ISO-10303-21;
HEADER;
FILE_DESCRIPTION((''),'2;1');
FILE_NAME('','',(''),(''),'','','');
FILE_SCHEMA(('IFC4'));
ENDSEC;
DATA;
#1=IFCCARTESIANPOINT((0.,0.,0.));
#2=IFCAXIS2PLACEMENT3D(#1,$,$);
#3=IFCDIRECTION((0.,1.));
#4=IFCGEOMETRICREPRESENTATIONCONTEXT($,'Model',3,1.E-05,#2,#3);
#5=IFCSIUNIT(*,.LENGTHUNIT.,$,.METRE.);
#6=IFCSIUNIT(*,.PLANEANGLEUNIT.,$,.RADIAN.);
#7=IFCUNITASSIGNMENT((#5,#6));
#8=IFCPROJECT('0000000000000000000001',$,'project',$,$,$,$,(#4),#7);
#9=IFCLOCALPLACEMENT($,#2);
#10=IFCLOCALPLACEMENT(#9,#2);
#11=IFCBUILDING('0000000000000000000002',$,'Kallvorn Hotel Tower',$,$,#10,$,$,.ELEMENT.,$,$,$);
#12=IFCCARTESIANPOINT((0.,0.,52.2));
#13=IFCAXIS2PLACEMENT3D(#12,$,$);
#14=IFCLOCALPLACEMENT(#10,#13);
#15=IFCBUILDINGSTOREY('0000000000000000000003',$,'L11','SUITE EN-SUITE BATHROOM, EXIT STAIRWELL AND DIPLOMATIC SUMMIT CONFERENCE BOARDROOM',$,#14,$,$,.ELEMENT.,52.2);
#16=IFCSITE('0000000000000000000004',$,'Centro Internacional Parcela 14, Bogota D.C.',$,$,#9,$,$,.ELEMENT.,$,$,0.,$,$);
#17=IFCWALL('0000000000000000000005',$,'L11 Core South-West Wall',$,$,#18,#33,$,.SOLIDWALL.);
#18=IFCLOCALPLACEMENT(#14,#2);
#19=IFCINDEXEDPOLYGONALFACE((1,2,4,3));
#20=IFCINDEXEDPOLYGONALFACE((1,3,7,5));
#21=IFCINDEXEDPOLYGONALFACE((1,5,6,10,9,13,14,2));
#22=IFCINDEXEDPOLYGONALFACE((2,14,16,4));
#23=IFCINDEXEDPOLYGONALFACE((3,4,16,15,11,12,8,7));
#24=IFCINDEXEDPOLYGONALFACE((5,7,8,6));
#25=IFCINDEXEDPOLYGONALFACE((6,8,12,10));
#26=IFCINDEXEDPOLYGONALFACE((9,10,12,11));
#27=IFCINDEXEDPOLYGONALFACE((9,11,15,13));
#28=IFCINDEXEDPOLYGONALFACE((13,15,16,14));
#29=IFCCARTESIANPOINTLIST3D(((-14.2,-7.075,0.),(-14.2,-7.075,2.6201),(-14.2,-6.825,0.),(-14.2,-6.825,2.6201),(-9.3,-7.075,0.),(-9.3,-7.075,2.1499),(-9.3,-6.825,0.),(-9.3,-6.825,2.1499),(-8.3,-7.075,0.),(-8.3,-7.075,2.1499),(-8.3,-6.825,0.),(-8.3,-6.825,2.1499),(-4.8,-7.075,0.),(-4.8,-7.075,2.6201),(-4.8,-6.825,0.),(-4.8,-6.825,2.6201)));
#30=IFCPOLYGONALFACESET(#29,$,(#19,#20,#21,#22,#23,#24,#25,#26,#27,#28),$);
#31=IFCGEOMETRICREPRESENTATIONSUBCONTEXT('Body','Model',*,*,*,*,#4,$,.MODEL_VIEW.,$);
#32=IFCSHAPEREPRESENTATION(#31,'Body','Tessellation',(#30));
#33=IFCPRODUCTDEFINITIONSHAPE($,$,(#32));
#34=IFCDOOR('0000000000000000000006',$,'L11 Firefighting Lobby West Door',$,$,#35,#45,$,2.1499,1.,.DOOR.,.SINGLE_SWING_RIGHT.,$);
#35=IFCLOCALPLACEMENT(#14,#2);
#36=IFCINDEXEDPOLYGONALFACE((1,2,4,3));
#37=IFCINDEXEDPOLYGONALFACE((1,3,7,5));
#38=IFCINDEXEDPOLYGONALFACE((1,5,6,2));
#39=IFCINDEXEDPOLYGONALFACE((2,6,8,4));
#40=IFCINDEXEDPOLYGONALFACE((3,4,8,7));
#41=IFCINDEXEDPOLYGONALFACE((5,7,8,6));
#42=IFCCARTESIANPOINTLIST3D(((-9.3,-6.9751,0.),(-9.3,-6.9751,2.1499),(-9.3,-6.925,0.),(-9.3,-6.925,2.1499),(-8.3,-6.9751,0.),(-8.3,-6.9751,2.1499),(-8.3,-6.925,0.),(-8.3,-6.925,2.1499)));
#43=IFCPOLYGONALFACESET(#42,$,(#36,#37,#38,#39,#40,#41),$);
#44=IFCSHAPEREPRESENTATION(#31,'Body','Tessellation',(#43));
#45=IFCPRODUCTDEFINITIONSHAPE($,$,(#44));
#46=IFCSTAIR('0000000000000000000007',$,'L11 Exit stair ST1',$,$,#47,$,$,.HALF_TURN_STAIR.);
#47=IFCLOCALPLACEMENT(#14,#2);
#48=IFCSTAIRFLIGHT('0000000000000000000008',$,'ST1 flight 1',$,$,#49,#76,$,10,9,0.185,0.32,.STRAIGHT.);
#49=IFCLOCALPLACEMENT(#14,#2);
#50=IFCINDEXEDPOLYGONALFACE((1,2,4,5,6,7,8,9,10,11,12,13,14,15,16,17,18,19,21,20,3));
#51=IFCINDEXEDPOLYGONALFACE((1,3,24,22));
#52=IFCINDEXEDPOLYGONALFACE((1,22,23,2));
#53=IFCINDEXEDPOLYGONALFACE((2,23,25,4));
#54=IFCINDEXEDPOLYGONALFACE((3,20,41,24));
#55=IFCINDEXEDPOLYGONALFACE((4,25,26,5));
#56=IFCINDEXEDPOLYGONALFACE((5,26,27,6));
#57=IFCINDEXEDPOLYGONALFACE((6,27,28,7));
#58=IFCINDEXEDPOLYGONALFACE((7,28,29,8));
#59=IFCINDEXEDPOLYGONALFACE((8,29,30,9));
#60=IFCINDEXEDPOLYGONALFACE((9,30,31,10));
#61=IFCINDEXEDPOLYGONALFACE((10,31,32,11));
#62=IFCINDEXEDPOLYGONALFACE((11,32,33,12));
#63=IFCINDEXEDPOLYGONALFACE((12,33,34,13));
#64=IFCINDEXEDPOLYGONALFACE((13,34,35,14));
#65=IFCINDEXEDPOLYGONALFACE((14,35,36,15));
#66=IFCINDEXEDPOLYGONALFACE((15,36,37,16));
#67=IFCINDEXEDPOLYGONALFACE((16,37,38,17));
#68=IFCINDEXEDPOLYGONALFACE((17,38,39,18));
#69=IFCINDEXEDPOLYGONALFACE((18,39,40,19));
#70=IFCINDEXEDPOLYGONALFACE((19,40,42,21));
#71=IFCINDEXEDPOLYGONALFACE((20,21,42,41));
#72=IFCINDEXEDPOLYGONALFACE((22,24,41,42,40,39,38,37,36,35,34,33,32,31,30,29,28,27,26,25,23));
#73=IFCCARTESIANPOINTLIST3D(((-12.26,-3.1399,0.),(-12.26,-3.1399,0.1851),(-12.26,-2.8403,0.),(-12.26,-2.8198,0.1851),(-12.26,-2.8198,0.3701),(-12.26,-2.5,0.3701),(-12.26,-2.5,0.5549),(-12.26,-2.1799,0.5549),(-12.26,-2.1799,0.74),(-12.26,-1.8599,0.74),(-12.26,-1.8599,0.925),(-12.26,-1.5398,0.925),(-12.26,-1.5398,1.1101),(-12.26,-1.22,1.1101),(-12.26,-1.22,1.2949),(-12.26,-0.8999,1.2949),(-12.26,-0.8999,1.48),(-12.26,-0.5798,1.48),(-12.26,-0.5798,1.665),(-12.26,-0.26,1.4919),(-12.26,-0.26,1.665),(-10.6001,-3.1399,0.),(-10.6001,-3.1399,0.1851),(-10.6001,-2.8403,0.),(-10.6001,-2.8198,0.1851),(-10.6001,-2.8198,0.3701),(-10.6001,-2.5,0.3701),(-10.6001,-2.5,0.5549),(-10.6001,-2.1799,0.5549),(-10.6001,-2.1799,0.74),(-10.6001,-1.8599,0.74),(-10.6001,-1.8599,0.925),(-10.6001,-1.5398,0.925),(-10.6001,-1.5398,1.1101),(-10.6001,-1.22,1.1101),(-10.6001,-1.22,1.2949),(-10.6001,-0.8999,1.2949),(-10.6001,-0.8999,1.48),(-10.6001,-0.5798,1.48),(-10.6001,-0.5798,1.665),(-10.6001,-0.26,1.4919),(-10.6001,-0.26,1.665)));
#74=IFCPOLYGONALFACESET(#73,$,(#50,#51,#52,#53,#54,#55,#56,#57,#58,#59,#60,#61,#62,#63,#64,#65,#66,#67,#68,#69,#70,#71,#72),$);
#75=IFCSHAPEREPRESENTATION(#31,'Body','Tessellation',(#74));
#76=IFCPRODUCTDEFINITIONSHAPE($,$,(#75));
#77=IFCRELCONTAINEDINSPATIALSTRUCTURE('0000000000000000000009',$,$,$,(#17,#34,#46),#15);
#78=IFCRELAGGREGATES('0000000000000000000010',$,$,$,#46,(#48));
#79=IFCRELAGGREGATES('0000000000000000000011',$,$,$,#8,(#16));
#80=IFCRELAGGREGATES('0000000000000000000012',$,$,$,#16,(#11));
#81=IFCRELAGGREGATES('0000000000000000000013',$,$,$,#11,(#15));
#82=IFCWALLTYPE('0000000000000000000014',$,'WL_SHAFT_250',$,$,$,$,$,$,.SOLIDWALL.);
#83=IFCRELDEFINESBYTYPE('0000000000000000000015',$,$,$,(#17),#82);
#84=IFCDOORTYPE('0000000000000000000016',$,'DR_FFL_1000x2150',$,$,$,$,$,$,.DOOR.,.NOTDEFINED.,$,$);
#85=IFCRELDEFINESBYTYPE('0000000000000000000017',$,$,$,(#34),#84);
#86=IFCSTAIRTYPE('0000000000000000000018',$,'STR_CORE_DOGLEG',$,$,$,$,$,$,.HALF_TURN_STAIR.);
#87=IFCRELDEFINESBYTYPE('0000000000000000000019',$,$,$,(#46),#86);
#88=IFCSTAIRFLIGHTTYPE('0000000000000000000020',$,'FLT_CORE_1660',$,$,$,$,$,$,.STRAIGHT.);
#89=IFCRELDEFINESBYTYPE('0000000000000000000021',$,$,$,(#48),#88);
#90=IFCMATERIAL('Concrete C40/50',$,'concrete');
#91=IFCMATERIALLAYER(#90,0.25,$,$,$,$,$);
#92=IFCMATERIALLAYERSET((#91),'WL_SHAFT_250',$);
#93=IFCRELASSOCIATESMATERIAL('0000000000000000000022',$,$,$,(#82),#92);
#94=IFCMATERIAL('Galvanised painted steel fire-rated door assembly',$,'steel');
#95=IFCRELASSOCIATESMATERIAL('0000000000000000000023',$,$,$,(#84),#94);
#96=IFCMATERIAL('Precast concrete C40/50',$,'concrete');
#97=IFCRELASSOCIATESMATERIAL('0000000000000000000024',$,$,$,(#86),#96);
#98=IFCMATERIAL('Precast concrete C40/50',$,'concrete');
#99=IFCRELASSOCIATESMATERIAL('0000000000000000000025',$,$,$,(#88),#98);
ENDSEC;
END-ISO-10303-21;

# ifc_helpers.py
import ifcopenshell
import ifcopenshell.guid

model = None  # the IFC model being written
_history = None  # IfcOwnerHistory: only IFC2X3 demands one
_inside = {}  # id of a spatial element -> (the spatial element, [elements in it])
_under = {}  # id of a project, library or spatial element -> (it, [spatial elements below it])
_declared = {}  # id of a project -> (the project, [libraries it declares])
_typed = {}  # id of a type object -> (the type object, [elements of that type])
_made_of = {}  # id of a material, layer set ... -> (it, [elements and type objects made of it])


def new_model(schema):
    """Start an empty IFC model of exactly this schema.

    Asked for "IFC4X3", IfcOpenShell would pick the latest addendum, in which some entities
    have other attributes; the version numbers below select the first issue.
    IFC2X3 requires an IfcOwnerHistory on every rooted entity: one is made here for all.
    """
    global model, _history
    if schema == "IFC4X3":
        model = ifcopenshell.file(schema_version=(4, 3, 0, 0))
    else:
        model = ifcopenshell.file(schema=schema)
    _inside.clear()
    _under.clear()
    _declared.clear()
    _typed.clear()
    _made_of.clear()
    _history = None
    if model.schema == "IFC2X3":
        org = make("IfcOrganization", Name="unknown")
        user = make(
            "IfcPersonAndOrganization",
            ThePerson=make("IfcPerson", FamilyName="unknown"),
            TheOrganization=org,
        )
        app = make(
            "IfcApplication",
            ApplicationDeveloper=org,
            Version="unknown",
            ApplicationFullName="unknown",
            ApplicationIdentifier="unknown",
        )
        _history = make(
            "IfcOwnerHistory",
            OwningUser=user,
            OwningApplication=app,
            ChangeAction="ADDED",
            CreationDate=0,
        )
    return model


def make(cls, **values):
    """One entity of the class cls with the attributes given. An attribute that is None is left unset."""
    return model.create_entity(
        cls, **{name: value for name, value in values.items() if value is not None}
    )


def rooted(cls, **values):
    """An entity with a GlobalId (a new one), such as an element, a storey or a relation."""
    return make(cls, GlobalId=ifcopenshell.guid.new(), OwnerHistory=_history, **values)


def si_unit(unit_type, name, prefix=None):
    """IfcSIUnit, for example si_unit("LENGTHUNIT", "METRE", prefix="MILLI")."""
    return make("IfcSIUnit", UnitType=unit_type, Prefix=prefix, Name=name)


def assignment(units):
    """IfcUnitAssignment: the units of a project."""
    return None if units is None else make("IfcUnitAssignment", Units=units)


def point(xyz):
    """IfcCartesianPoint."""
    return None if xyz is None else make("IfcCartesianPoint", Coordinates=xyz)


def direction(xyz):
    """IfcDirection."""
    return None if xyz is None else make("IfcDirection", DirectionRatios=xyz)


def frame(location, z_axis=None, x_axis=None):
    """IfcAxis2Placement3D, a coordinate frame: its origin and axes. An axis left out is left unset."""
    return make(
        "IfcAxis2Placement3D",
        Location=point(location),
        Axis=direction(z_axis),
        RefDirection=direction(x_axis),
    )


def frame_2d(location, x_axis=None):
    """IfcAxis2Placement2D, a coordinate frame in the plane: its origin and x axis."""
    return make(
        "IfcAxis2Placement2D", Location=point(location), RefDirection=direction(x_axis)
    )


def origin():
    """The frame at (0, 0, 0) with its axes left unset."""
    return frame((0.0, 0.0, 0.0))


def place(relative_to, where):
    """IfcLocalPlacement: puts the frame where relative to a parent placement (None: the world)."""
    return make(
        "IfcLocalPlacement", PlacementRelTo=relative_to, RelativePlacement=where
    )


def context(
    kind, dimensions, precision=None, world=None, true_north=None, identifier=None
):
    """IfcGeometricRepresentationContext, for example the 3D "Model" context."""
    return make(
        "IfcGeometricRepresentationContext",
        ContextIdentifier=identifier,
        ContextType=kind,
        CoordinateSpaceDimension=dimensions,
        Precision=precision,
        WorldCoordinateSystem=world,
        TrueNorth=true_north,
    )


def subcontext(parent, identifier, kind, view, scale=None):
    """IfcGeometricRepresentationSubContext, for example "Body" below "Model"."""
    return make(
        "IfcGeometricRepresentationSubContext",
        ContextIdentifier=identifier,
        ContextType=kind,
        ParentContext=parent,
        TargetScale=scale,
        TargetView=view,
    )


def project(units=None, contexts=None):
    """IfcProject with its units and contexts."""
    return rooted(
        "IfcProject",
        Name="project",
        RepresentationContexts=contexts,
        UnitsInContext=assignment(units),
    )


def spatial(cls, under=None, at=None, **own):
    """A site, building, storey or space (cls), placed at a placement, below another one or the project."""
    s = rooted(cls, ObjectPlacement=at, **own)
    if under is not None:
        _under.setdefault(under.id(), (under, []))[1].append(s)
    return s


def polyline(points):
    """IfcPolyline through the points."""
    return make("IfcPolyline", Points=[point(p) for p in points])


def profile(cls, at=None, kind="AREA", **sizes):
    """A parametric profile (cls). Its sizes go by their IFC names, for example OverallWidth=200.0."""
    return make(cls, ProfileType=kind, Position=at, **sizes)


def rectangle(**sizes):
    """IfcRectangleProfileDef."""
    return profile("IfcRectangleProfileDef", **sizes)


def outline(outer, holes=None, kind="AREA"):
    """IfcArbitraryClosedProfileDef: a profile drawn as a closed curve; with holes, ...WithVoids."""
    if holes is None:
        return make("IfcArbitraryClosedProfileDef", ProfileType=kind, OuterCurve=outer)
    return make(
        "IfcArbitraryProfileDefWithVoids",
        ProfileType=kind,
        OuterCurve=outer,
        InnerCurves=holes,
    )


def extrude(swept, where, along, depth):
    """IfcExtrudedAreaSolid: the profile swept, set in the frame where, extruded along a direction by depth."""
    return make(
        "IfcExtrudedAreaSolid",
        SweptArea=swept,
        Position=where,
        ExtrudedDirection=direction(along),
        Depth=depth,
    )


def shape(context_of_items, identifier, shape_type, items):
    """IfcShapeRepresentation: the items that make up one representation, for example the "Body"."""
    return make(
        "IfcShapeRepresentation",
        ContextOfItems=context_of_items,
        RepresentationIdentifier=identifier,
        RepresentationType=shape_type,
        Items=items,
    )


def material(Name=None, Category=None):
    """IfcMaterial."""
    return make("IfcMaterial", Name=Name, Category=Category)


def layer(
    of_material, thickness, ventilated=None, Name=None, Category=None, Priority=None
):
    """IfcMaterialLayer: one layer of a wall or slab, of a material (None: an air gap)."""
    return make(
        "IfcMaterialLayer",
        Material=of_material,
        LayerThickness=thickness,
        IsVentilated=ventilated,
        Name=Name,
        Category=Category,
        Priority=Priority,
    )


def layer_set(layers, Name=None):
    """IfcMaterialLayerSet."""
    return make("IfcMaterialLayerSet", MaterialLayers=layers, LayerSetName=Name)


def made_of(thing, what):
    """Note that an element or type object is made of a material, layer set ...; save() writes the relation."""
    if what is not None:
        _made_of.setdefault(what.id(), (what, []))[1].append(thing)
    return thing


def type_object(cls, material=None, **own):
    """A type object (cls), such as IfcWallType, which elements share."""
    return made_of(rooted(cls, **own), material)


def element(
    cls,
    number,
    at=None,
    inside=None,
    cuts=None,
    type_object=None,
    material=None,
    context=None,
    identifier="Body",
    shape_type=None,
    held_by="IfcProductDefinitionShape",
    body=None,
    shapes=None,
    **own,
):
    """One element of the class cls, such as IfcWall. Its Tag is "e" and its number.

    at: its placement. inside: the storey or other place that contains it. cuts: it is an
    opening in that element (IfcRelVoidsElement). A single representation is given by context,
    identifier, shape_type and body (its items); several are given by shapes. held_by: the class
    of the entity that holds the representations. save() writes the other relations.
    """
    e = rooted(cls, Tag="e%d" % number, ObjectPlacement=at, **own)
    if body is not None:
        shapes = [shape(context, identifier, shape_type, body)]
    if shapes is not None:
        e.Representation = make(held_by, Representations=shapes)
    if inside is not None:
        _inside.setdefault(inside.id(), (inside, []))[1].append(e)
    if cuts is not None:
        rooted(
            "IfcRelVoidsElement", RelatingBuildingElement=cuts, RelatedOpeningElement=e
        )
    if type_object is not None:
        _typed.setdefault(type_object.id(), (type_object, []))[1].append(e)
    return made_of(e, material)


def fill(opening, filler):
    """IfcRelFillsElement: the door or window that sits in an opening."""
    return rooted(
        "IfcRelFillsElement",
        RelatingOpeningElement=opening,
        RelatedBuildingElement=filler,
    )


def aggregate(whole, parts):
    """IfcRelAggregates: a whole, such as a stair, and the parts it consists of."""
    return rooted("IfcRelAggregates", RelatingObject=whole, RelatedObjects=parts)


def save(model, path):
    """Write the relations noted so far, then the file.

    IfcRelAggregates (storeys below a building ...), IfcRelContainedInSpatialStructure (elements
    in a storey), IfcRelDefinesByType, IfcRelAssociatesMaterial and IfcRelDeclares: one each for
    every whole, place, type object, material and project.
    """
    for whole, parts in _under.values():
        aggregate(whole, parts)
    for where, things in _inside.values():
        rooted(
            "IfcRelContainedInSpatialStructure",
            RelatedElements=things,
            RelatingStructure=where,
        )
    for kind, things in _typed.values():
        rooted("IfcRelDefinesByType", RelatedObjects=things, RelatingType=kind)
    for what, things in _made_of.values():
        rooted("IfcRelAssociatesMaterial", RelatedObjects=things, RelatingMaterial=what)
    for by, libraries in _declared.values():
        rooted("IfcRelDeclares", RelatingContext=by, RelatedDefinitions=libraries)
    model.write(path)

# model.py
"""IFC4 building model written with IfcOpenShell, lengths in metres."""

from ifc_helpers import new_model, si_unit, direction, frame, frame_2d, origin, place, context, subcontext, project, spatial, polyline, rectangle, outline, extrude, material, layer, layer_set, type_object, element, fill, aggregate, save


model = new_model("IFC4")

# Units and contexts
model_context = context("Model", 3, precision=1e-05, world=origin(), true_north=direction((0.0, 1.0)))
body_context = subcontext(model_context, "Body", "Model", "MODEL_VIEW")
ifc_project = project(units=[si_unit("LENGTHUNIT", "METRE"), si_unit("PLANEANGLEUNIT", "RADIAN")], contexts=[model_context])

# Site, building, storey
site_placement = place(None, origin())
site = spatial("IfcSite", under=ifc_project, at=site_placement, Name="Centro Internacional Parcela 14, Bogota D.C.", CompositionType="ELEMENT", RefElevation=0.0)
building_placement = place(site_placement, origin())
building = spatial("IfcBuilding", under=site, at=building_placement, Name="Kallvorn Hotel Tower", CompositionType="ELEMENT")
storey_placement = place(building_placement, frame((0.0, 0.0, 52.2)))
storey = spatial("IfcBuildingStorey", under=building, at=storey_placement, Name="L11", Description="SUITE EN-SUITE BATHROOM, EXIT STAIRWELL AND DIPLOMATIC SUMMIT CONFERENCE BOARDROOM", CompositionType="ELEMENT", Elevation=52.2)

# Wall, opening, door
ifc_material_1 = material(Name="Concrete C40/50", Category="concrete")
ifc_layer_1 = layer(ifc_material_1, 0.25)
ifc_layer_set_1 = layer_set([ifc_layer_1], Name="WL_SHAFT_250")
wall_type_1 = type_object("IfcWallType", Name="WL_SHAFT_250", PredefinedType="SOLIDWALL", material=ifc_layer_set_1)
wall_1_placement = place(storey_placement, frame((-14.2, -6.95, 0.0), z_axis=(0.0, 0.0, 1.0), x_axis=(1.0, 0.0, 0.0)))
wall_1 = element("IfcWall", 1, at=wall_1_placement, inside=storey, type_object=wall_type_1, Name="L11 Core South-West Wall", PredefinedType="SOLIDWALL", context=body_context, shape_type="SweptSolid", body=[
    extrude(rectangle(XDim=9.3999, YDim=0.25, at=frame_2d((4.7, 0.0))), origin(), (0.0, 0.0, 1.0), 2.6201),
])
opening_1_placement = place(wall_1_placement, frame((4.8999, 0.0, 0.0)))
opening_1 = element("IfcOpeningElement", 2, at=opening_1_placement, cuts=wall_1, PredefinedType="OPENING", context=body_context, shape_type="SweptSolid", body=[
    extrude(rectangle(XDim=1.0, YDim=2.1499, at=frame_2d((0.5, 1.075))), frame((0.0, 0.1399, 0.0), z_axis=(0.0, -1.0, 0.0), x_axis=(1.0, 0.0, 0.0)), (0.0, 0.0, 1.0), 0.28),
])
ifc_material_2 = material(Name="Galvanised painted steel fire-rated door assembly", Category="steel")
door_type_1 = type_object("IfcDoorType", Name="DR_FFL_1000x2150", OperationType="NOTDEFINED", PredefinedType="DOOR", material=ifc_material_2)
door_1_placement = place(opening_1_placement, origin())
door_1 = element("IfcDoor", 3, at=door_1_placement, inside=storey, type_object=door_type_1, Name="L11 Firefighting Lobby West Door", OperationType="SINGLE_SWING_RIGHT", OverallHeight=2.1499, OverallWidth=1.0, PredefinedType="DOOR", context=body_context, shape_type="SweptSolid", body=[
    extrude(rectangle(XDim=1.0, YDim=2.1499, at=frame_2d((0.5, 1.075))), frame((0.0, 0.0249, 0.0), z_axis=(0.0, -1.0, 0.0), x_axis=(1.0, 0.0, 0.0)), (0.0, 0.0, 1.0), 0.05),
])
fill(opening_1, door_1)

# Stair, stair flight
ifc_material_3 = material(Name="Precast concrete C40/50", Category="concrete")
stair_type = type_object("IfcStairType", Name="STR_CORE_DOGLEG", PredefinedType="HALF_TURN_STAIR", material=ifc_material_3)
stair_placement = place(storey_placement, origin())
stair = element("IfcStair", 4, at=stair_placement, inside=storey, type_object=stair_type, Name="L11 Exit stair ST1", PredefinedType="HALF_TURN_STAIR")
ifc_material_4 = material(Name="Precast concrete C40/50", Category="concrete")
stair_flight_type = type_object("IfcStairFlightType", Name="FLT_CORE_1660", PredefinedType="STRAIGHT", material=ifc_material_4)
stair_flight_placement = place(storey_placement, frame((-11.4299, -3.1399, 0.0), z_axis=(0.0, 0.0, 1.0), x_axis=(0.0, 1.0, 0.0)))
stair_flight = element("IfcStairFlight", 5, at=stair_flight_placement, type_object=stair_flight_type, Name="ST1 flight 1", NumberOfRisers=10, NumberOfTreads=9, PredefinedType="STRAIGHT", RiserHeight=0.185, TreadLength=0.32, context=body_context, shape_type="SweptSolid", body=[
    extrude(outline(polyline([(0.0, 0.0), (0.0, 0.1851), (0.3201, 0.1851), (0.3201, 0.3701), (0.6399, 0.3701), (0.6399, 0.5549), (0.96, 0.5549), (0.96, 0.74), (1.28, 0.74), (1.28, 0.925), (1.6001, 0.925), (1.6001, 1.1101), (1.9199, 1.1101), (1.9199, 1.2949), (2.24, 1.2949), (2.24, 1.48), (2.5601, 1.48), (2.5601, 1.665), (2.8799, 1.665), (2.8799, 1.8501), (2.8799, 1.4919), (0.2996, 0.0), (0.0, 0.0)])), frame((0.0, 0.8301, 0.0), z_axis=(0.0, -1.0, 0.0), x_axis=(1.0, 0.0, 0.0)), (0.0, 0.0, 1.0), 1.6599),
])
aggregate(stair, [stair_flight])

save(model, "model.ifc")
